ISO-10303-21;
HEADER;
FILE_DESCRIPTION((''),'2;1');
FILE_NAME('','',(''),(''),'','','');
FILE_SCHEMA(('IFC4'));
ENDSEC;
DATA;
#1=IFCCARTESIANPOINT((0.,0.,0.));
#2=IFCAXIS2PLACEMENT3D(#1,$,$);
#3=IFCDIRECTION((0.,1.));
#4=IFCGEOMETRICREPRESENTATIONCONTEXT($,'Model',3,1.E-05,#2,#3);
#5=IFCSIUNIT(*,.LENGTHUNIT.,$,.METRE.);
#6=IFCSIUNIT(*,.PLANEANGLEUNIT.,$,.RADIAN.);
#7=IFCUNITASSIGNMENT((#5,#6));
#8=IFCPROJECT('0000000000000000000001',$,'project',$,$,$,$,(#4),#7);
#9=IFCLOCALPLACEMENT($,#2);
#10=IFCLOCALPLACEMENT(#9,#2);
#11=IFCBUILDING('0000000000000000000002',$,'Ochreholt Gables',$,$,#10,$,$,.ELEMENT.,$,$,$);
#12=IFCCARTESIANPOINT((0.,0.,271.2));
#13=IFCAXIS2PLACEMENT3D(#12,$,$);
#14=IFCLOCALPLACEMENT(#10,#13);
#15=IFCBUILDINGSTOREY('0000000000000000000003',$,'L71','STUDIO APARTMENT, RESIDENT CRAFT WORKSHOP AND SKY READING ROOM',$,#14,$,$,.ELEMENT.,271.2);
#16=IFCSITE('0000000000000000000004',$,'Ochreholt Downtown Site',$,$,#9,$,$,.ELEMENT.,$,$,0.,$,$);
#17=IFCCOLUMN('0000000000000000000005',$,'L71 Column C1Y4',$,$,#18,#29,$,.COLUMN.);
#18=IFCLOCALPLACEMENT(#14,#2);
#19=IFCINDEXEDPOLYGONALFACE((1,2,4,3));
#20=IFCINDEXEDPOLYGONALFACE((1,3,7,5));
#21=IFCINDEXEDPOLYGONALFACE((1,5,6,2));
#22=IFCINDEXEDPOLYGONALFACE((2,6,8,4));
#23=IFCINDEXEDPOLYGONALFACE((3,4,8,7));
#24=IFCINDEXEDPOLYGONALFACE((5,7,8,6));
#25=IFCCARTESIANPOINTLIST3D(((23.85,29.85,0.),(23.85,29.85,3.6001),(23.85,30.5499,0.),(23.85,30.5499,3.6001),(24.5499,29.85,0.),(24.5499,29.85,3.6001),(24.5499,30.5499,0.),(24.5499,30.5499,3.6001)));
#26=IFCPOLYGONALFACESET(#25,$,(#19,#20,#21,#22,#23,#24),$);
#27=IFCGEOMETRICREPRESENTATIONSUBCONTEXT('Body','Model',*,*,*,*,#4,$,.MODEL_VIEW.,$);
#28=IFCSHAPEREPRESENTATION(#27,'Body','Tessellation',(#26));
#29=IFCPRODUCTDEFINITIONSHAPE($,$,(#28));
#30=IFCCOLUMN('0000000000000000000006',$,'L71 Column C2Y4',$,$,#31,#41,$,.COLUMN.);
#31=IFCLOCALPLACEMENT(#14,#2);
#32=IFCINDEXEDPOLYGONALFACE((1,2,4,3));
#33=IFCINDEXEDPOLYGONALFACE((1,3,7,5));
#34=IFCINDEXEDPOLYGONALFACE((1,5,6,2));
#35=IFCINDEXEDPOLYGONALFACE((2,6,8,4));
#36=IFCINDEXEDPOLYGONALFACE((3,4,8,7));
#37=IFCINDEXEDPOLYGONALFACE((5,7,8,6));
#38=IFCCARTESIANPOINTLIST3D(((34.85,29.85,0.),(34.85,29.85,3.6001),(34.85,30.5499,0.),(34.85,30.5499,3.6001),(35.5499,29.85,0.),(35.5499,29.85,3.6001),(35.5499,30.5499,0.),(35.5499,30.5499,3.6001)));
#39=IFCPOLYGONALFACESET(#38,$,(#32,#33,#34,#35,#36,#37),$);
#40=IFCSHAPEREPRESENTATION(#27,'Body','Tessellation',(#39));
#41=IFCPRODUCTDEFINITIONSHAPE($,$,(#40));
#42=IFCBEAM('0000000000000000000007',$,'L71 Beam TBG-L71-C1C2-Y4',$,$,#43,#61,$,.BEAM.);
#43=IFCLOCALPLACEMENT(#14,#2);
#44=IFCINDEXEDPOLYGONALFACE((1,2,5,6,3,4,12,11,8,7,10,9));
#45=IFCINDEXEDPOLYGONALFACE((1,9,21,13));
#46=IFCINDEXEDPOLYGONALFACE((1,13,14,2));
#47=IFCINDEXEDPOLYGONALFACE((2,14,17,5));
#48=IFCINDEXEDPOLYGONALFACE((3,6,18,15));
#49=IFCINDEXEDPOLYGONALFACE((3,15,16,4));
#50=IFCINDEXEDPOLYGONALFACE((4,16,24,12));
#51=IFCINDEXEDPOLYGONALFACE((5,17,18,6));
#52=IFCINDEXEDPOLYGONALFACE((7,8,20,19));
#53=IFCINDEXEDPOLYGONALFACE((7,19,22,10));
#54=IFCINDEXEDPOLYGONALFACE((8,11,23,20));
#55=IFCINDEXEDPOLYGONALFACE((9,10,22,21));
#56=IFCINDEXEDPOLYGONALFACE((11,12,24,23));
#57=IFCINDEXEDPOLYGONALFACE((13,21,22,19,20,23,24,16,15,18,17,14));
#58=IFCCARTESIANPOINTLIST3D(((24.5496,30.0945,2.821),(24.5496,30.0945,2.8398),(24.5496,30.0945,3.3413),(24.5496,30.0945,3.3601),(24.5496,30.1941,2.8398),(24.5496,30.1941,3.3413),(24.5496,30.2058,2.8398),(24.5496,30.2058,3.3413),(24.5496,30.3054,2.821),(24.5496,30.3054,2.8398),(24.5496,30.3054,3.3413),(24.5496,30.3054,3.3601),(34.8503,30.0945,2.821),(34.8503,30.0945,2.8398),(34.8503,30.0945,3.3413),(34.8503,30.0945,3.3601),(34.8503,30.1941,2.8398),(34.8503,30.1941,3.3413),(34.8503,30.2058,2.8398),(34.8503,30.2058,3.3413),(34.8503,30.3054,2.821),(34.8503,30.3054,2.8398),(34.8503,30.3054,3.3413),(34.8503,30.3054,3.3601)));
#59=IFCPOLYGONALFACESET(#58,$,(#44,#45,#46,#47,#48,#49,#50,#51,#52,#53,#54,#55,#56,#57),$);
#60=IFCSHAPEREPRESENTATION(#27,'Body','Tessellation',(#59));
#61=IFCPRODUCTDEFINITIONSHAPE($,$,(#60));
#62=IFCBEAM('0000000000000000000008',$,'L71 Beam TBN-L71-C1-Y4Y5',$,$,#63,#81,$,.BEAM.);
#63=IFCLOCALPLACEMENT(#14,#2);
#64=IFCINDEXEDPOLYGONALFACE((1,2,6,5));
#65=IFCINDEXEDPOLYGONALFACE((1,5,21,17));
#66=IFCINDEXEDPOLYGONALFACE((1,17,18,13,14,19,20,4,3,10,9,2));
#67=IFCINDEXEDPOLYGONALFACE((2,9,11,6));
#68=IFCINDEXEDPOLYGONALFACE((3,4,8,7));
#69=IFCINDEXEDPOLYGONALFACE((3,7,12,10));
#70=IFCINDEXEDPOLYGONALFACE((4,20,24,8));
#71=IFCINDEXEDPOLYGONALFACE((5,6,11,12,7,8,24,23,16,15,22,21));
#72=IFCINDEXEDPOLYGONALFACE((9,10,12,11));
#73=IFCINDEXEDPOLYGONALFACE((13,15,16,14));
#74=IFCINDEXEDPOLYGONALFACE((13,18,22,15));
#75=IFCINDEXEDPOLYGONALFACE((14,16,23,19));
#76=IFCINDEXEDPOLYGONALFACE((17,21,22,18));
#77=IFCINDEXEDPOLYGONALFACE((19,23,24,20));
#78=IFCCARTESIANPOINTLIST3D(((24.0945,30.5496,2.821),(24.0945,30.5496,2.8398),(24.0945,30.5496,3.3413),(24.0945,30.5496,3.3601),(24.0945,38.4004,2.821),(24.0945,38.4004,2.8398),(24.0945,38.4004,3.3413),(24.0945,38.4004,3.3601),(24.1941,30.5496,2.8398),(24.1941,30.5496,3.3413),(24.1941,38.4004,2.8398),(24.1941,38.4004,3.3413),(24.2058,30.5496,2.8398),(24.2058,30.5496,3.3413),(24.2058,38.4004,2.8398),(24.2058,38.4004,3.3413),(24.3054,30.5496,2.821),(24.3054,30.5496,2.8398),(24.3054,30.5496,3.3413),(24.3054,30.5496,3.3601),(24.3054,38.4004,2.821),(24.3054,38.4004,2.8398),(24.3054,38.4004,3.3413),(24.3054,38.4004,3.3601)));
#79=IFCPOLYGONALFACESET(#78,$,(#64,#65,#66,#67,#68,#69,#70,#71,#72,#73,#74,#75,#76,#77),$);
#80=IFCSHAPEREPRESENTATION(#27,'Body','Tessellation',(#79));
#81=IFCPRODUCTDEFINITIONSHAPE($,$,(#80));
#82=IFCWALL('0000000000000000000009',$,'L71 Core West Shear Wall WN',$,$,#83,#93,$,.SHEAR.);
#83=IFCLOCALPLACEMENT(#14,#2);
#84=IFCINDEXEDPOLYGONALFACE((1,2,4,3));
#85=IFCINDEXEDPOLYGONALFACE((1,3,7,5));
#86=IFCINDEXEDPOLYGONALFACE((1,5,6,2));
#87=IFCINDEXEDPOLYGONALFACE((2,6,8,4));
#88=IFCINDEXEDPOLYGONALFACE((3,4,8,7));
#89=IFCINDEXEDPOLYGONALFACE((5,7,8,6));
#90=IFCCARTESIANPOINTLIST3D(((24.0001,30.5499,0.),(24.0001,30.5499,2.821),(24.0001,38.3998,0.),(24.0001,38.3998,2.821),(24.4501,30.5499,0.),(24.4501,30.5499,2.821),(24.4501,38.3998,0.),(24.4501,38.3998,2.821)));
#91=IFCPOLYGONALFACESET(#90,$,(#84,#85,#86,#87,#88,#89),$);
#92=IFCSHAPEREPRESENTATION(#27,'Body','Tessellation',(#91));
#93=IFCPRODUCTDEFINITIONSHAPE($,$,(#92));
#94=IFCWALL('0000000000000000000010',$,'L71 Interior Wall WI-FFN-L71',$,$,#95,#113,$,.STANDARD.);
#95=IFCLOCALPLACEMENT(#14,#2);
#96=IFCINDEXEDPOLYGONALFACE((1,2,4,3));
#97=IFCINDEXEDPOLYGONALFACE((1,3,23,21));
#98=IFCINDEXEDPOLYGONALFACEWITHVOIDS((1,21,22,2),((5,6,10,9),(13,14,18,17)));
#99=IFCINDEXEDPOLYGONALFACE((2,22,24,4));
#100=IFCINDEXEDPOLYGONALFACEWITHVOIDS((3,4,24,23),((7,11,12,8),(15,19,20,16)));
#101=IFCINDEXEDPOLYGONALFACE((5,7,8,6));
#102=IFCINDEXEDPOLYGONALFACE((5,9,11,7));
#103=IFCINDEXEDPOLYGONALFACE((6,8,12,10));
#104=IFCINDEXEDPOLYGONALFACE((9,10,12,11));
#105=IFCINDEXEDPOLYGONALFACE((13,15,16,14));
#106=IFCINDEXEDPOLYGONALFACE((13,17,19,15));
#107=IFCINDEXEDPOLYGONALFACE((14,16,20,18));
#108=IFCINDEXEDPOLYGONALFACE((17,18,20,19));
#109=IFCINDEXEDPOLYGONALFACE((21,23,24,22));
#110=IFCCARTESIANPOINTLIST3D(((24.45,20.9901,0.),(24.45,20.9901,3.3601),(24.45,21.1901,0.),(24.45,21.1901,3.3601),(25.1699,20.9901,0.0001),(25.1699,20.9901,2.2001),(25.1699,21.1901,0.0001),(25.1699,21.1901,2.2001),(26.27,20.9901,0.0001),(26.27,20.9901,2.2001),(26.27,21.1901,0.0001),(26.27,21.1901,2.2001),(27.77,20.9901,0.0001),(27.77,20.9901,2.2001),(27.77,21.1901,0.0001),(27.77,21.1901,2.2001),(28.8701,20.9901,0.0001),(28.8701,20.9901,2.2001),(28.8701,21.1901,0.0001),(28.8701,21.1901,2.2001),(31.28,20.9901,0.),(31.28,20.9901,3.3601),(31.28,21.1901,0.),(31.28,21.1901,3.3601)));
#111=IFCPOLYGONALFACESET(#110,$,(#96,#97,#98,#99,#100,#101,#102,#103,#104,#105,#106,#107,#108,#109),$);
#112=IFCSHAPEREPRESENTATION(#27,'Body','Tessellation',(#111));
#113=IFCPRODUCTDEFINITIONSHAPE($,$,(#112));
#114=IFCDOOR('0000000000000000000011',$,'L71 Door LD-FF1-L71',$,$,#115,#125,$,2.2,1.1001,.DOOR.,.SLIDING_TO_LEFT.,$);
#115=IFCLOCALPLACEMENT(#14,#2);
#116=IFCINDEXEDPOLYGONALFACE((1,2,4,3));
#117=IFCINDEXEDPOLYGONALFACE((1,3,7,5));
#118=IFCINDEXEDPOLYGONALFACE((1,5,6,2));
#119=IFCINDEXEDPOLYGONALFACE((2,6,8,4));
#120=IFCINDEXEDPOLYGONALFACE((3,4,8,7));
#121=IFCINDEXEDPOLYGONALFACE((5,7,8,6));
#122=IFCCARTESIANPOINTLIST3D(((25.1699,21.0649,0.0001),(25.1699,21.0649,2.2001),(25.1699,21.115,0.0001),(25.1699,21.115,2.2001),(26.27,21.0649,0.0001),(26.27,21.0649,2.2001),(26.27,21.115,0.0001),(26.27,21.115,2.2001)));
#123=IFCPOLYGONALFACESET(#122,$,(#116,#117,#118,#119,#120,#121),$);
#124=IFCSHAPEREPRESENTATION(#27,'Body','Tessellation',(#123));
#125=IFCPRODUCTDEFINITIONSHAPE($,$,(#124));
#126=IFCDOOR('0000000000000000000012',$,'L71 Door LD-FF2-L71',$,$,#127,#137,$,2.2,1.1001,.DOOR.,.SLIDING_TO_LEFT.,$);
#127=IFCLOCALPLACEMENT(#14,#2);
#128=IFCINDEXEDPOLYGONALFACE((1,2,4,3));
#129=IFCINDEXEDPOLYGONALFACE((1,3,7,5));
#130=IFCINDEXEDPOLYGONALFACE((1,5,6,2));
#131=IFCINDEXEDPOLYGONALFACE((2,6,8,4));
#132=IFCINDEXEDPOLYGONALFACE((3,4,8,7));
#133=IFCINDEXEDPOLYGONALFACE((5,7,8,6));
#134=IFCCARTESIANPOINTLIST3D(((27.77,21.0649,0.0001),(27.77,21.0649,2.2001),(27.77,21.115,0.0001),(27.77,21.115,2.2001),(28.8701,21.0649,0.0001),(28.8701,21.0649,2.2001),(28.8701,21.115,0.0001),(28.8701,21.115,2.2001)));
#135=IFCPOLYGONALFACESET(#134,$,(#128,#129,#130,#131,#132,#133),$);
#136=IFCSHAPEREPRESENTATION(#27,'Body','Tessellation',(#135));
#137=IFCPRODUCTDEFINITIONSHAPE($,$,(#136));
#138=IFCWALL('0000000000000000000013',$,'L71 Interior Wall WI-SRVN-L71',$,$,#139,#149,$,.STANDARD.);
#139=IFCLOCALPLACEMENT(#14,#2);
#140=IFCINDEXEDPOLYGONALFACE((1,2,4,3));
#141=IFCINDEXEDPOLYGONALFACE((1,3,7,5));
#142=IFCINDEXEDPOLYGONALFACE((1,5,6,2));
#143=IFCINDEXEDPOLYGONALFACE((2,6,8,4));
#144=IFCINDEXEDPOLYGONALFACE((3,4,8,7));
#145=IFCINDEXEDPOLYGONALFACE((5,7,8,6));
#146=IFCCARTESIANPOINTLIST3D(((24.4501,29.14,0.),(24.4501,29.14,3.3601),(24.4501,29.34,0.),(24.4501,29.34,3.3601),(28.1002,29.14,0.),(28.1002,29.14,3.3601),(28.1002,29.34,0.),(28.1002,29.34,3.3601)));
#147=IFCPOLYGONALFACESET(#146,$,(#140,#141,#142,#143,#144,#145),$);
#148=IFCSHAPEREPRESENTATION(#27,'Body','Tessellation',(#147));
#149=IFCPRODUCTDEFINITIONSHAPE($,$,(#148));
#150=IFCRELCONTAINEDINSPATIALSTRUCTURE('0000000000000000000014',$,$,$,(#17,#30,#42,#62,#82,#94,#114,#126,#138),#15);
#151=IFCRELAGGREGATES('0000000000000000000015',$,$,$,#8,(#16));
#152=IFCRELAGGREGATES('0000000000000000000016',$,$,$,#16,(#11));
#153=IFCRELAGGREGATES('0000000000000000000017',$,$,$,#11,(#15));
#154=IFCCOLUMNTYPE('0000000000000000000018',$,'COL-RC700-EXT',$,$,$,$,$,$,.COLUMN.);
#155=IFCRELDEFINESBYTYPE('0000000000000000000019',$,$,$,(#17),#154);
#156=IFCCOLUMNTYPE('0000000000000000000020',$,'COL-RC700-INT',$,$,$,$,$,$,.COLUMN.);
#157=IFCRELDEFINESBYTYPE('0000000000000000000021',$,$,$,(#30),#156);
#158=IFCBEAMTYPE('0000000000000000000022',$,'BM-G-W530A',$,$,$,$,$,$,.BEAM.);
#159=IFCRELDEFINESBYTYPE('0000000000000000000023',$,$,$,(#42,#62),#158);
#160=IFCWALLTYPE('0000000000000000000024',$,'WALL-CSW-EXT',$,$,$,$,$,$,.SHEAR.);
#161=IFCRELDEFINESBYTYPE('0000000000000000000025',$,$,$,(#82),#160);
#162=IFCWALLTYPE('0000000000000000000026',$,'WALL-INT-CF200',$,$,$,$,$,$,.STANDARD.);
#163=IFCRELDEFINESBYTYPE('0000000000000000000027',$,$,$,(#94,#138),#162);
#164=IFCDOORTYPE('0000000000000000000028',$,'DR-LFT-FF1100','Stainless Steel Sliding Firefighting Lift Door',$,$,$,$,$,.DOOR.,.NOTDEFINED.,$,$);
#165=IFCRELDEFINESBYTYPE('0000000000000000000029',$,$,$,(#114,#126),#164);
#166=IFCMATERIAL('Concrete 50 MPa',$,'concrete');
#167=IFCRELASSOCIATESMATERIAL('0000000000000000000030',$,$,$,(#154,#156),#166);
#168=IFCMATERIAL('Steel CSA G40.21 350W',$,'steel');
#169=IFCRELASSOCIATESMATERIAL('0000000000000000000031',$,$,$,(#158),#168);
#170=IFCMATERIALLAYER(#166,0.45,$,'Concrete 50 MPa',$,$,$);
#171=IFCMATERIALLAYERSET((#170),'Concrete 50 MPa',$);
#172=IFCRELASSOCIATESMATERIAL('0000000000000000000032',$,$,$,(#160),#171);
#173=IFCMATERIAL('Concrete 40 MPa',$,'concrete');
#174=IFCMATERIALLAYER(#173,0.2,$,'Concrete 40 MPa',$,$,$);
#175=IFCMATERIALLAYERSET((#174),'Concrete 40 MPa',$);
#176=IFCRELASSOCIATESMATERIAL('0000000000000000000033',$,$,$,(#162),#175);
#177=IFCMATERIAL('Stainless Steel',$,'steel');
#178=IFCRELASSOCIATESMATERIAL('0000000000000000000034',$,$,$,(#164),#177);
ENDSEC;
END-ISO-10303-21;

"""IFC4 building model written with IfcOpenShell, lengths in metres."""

from ifc_helpers import new_model, si_unit, direction, frame, frame_2d, origin, origin_2d, place, context, subcontext, project, spatial, rectangle, i_section, extrude, material, layer, layer_set, material_profile, profile_set, type_object, element, fill, save


model = new_model("IFC4")

# Units and contexts
model_context = context("Model", 3, precision=1e-05, world=origin(), true_north=direction((0.0, 1.0)))
body_context = subcontext(model_context, "Body", "Model", "MODEL_VIEW")
ifc_project = project(units=[si_unit("LENGTHUNIT", "METRE"), si_unit("PLANEANGLEUNIT", "RADIAN")], contexts=[model_context])

# Site, building, storey
site_placement = place(None, origin())
site = spatial("IfcSite", under=ifc_project, at=site_placement, Name="Ochreholt Downtown Site", CompositionType="ELEMENT", RefElevation=0.0)
building_placement = place(site_placement, origin())
building = spatial("IfcBuilding", under=site, at=building_placement, Name="Ochreholt Gables", CompositionType="ELEMENT")
storey_placement = place(building_placement, frame((0.0, 0.0, 271.2)))
storey = spatial("IfcBuildingStorey", under=building, at=storey_placement, Name="L71", Description="STUDIO APARTMENT, RESIDENT CRAFT WORKSHOP AND SKY READING ROOM", CompositionType="ELEMENT", Elevation=271.2)

# Columns
ifc_material_1 = material(Name="Concrete 50 MPa", Category="concrete")
ifc_material_profile_1 = material_profile(ifc_material_1, rectangle(XDim=0.7, YDim=0.7, at=origin_2d()), Name="RC700X700")
ifc_profile_set_1 = profile_set([ifc_material_profile_1], Name="Concrete 50 MPa")
column_type_1 = type_object("IfcColumnType", Name="COL-RC700-EXT", PredefinedType="COLUMN", material=ifc_profile_set_1)
column_1_placement = place(storey_placement, frame((24.2, 30.2, 0.0), z_axis=(0.0, 0.0, 1.0), x_axis=(1.0, 0.0, 0.0)))
element("IfcColumn", 1, at=column_1_placement, inside=storey, type_object=column_type_1, Name="L71 Column C1Y4", PredefinedType="COLUMN", context=body_context, shape_type="SweptSolid", body=[
    extrude(rectangle(XDim=0.7, YDim=0.7, at=origin_2d()), origin(), (0.0, 0.0, 1.0), 3.6001),
])
ifc_material_profile_2 = material_profile(ifc_material_1, rectangle(XDim=0.7, YDim=0.7, at=origin_2d()), Name="RC700X700")
ifc_profile_set_2 = profile_set([ifc_material_profile_2], Name="Concrete 50 MPa")
column_type_2 = type_object("IfcColumnType", Name="COL-RC700-INT", PredefinedType="COLUMN", material=ifc_profile_set_2)
column_2_placement = place(storey_placement, frame((35.2, 30.2, 0.0), z_axis=(0.0, 0.0, 1.0), x_axis=(1.0, 0.0, 0.0)))
element("IfcColumn", 2, at=column_2_placement, inside=storey, type_object=column_type_2, Name="L71 Column C2Y4", PredefinedType="COLUMN", context=body_context, shape_type="SweptSolid", body=[
    extrude(rectangle(XDim=0.7, YDim=0.7, at=origin_2d()), origin(), (0.0, 0.0, 1.0), 3.6001),
])

# Beams
ifc_material_2 = material(Name="Steel CSA G40.21 350W", Category="steel")
ifc_material_profile_3 = material_profile(ifc_material_2, i_section(OverallWidth=0.2109, OverallDepth=0.5391, WebThickness=0.0117, FlangeThickness=0.0188, at=origin_2d()), Name="W530X109")
ifc_profile_set_3 = profile_set([ifc_material_profile_3], Name="Steel CSA G40.21 350W")
beam_type = type_object("IfcBeamType", Name="BM-G-W530A", PredefinedType="BEAM", material=ifc_profile_set_3)
beam_1_placement = place(storey_placement, frame((24.5496, 30.2, 3.0906), z_axis=(1.0, 0.0, 0.0), x_axis=(0.0, 1.0, 0.0)))
element("IfcBeam", 3, at=beam_1_placement, inside=storey, type_object=beam_type, Name="L71 Beam TBG-L71-C1C2-Y4", PredefinedType="BEAM", context=body_context, shape_type="SweptSolid", body=[
    extrude(i_section(OverallWidth=0.2109, OverallDepth=0.5391, WebThickness=0.0117, FlangeThickness=0.0188, at=origin_2d()), origin(), (0.0, 0.0, 1.0), 10.3008),
])
beam_2_placement = place(storey_placement, frame((24.2, 30.5496, 3.0906), z_axis=(0.0, 1.0, 0.0), x_axis=(-1.0, 0.0, 0.0)))
element("IfcBeam", 4, at=beam_2_placement, inside=storey, type_object=beam_type, Name="L71 Beam TBN-L71-C1-Y4Y5", PredefinedType="BEAM", context=body_context, shape_type="SweptSolid", body=[
    extrude(i_section(OverallWidth=0.2109, OverallDepth=0.5391, WebThickness=0.0117, FlangeThickness=0.0188, at=origin_2d()), origin(), (0.0, 0.0, 1.0), 7.8508),
])

# Wall
ifc_layer_1 = layer(ifc_material_1, 0.45, Name="Concrete 50 MPa")
ifc_layer_set_1 = layer_set([ifc_layer_1], Name="Concrete 50 MPa")
wall_type_1 = type_object("IfcWallType", Name="WALL-CSW-EXT", PredefinedType="SHEAR", material=ifc_layer_set_1)
wall_1_placement = place(storey_placement, frame((24.2251, 30.55, 0.0), z_axis=(0.0, 0.0, 1.0), x_axis=(0.0, 1.0, 0.0)))
element("IfcWall", 5, at=wall_1_placement, inside=storey, type_object=wall_type_1, Name="L71 Core West Shear Wall WN", PredefinedType="SHEAR", context=body_context, shape_type="SweptSolid", body=[
    extrude(rectangle(XDim=7.8499, YDim=0.45, at=frame_2d((3.9248, 0.0))), origin(), (0.0, 0.0, 1.0), 2.821),
])

# Wall, openings, doors
ifc_material_3 = material(Name="Concrete 40 MPa", Category="concrete")
ifc_layer_2 = layer(ifc_material_3, 0.2, Name="Concrete 40 MPa")
ifc_layer_set_2 = layer_set([ifc_layer_2], Name="Concrete 40 MPa")
wall_type_2 = type_object("IfcWallType", Name="WALL-INT-CF200", PredefinedType="STANDARD", material=ifc_layer_set_2)
wall_2_placement = place(storey_placement, frame((24.45, 21.0901, 0.0), z_axis=(0.0, 0.0, 1.0), x_axis=(1.0, 0.0, 0.0)))
wall_2 = element("IfcWall", 6, at=wall_2_placement, inside=storey, type_object=wall_type_2, Name="L71 Interior Wall WI-FFN-L71", PredefinedType="STANDARD", context=body_context, shape_type="SweptSolid", body=[
    extrude(rectangle(XDim=6.8301, YDim=0.2, at=frame_2d((3.415, 0.0))), origin(), (0.0, 0.0, 1.0), 3.3601),
])
opening_1_placement = place(wall_2_placement, frame((0.72, 0.0, 0.0)))
opening_1 = element("IfcOpeningElement", 7, at=opening_1_placement, cuts=wall_2, PredefinedType="OPENING", context=body_context, shape_type="SweptSolid", body=[
    extrude(rectangle(XDim=1.1001, YDim=2.2, at=frame_2d((0.55, 1.1001))), frame((0.0, 0.1099, 0.0), z_axis=(0.0, -1.0, 0.0), x_axis=(1.0, 0.0, 0.0)), (0.0, 0.0, 1.0), 0.22),
])
opening_2_placement = place(wall_2_placement, frame((3.3201, 0.0, 0.0)))
opening_2 = element("IfcOpeningElement", 8, at=opening_2_placement, cuts=wall_2, PredefinedType="OPENING", context=body_context, shape_type="SweptSolid", body=[
    extrude(rectangle(XDim=1.1001, YDim=2.2, at=frame_2d((0.55, 1.1001))), frame((0.0, 0.1099, 0.0), z_axis=(0.0, -1.0, 0.0), x_axis=(1.0, 0.0, 0.0)), (0.0, 0.0, 1.0), 0.22),
])
ifc_material_4 = material(Name="Stainless Steel", Category="steel")
door_type_1 = type_object("IfcDoorType", Name="DR-LFT-FF1100", Description="Stainless Steel Sliding Firefighting Lift Door", OperationType="NOTDEFINED", PredefinedType="DOOR", material=ifc_material_4)
door_1_placement = place(opening_1_placement, origin())
door_1 = element("IfcDoor", 9, at=door_1_placement, inside=storey, type_object=door_type_1, Name="L71 Door LD-FF1-L71", OperationType="SLIDING_TO_LEFT", OverallHeight=2.2, OverallWidth=1.1001, PredefinedType="DOOR", context=body_context, shape_type="SweptSolid", body=[
    extrude(rectangle(XDim=1.1001, YDim=2.2, at=frame_2d((0.55, 1.1001))), frame((0.0, 0.0249, 0.0), z_axis=(0.0, -1.0, 0.0), x_axis=(1.0, 0.0, 0.0)), (0.0, 0.0, 1.0), 0.05),
])
fill(opening_1, door_1)
door_2_placement = place(opening_2_placement, origin())
door_2 = element("IfcDoor", 10, at=door_2_placement, inside=storey, type_object=door_type_1, Name="L71 Door LD-FF2-L71", OperationType="SLIDING_TO_LEFT", OverallHeight=2.2, OverallWidth=1.1001, PredefinedType="DOOR", context=body_context, shape_type="SweptSolid", body=[
    extrude(rectangle(XDim=1.1001, YDim=2.2, at=frame_2d((0.55, 1.1001))), frame((0.0, 0.0249, 0.0), z_axis=(0.0, -1.0, 0.0), x_axis=(1.0, 0.0, 0.0)), (0.0, 0.0, 1.0), 0.05),
])
fill(opening_2, door_2)

# Wall
wall_3_placement = place(storey_placement, frame((24.45, 29.24, 0.0), z_axis=(0.0, 0.0, 1.0), x_axis=(1.0, 0.0, 0.0)))
element("IfcWall", 11, at=wall_3_placement, inside=storey, type_object=wall_type_2, Name="L71 Interior Wall WI-SRVN-L71", PredefinedType="STANDARD", context=body_context, shape_type="SweptSolid", body=[
    extrude(rectangle(XDim=3.6501, YDim=0.2, at=frame_2d((1.8252, 0.0))), origin(), (0.0, 0.0, 1.0), 3.3601),
])

save(model, "model.ifc")
